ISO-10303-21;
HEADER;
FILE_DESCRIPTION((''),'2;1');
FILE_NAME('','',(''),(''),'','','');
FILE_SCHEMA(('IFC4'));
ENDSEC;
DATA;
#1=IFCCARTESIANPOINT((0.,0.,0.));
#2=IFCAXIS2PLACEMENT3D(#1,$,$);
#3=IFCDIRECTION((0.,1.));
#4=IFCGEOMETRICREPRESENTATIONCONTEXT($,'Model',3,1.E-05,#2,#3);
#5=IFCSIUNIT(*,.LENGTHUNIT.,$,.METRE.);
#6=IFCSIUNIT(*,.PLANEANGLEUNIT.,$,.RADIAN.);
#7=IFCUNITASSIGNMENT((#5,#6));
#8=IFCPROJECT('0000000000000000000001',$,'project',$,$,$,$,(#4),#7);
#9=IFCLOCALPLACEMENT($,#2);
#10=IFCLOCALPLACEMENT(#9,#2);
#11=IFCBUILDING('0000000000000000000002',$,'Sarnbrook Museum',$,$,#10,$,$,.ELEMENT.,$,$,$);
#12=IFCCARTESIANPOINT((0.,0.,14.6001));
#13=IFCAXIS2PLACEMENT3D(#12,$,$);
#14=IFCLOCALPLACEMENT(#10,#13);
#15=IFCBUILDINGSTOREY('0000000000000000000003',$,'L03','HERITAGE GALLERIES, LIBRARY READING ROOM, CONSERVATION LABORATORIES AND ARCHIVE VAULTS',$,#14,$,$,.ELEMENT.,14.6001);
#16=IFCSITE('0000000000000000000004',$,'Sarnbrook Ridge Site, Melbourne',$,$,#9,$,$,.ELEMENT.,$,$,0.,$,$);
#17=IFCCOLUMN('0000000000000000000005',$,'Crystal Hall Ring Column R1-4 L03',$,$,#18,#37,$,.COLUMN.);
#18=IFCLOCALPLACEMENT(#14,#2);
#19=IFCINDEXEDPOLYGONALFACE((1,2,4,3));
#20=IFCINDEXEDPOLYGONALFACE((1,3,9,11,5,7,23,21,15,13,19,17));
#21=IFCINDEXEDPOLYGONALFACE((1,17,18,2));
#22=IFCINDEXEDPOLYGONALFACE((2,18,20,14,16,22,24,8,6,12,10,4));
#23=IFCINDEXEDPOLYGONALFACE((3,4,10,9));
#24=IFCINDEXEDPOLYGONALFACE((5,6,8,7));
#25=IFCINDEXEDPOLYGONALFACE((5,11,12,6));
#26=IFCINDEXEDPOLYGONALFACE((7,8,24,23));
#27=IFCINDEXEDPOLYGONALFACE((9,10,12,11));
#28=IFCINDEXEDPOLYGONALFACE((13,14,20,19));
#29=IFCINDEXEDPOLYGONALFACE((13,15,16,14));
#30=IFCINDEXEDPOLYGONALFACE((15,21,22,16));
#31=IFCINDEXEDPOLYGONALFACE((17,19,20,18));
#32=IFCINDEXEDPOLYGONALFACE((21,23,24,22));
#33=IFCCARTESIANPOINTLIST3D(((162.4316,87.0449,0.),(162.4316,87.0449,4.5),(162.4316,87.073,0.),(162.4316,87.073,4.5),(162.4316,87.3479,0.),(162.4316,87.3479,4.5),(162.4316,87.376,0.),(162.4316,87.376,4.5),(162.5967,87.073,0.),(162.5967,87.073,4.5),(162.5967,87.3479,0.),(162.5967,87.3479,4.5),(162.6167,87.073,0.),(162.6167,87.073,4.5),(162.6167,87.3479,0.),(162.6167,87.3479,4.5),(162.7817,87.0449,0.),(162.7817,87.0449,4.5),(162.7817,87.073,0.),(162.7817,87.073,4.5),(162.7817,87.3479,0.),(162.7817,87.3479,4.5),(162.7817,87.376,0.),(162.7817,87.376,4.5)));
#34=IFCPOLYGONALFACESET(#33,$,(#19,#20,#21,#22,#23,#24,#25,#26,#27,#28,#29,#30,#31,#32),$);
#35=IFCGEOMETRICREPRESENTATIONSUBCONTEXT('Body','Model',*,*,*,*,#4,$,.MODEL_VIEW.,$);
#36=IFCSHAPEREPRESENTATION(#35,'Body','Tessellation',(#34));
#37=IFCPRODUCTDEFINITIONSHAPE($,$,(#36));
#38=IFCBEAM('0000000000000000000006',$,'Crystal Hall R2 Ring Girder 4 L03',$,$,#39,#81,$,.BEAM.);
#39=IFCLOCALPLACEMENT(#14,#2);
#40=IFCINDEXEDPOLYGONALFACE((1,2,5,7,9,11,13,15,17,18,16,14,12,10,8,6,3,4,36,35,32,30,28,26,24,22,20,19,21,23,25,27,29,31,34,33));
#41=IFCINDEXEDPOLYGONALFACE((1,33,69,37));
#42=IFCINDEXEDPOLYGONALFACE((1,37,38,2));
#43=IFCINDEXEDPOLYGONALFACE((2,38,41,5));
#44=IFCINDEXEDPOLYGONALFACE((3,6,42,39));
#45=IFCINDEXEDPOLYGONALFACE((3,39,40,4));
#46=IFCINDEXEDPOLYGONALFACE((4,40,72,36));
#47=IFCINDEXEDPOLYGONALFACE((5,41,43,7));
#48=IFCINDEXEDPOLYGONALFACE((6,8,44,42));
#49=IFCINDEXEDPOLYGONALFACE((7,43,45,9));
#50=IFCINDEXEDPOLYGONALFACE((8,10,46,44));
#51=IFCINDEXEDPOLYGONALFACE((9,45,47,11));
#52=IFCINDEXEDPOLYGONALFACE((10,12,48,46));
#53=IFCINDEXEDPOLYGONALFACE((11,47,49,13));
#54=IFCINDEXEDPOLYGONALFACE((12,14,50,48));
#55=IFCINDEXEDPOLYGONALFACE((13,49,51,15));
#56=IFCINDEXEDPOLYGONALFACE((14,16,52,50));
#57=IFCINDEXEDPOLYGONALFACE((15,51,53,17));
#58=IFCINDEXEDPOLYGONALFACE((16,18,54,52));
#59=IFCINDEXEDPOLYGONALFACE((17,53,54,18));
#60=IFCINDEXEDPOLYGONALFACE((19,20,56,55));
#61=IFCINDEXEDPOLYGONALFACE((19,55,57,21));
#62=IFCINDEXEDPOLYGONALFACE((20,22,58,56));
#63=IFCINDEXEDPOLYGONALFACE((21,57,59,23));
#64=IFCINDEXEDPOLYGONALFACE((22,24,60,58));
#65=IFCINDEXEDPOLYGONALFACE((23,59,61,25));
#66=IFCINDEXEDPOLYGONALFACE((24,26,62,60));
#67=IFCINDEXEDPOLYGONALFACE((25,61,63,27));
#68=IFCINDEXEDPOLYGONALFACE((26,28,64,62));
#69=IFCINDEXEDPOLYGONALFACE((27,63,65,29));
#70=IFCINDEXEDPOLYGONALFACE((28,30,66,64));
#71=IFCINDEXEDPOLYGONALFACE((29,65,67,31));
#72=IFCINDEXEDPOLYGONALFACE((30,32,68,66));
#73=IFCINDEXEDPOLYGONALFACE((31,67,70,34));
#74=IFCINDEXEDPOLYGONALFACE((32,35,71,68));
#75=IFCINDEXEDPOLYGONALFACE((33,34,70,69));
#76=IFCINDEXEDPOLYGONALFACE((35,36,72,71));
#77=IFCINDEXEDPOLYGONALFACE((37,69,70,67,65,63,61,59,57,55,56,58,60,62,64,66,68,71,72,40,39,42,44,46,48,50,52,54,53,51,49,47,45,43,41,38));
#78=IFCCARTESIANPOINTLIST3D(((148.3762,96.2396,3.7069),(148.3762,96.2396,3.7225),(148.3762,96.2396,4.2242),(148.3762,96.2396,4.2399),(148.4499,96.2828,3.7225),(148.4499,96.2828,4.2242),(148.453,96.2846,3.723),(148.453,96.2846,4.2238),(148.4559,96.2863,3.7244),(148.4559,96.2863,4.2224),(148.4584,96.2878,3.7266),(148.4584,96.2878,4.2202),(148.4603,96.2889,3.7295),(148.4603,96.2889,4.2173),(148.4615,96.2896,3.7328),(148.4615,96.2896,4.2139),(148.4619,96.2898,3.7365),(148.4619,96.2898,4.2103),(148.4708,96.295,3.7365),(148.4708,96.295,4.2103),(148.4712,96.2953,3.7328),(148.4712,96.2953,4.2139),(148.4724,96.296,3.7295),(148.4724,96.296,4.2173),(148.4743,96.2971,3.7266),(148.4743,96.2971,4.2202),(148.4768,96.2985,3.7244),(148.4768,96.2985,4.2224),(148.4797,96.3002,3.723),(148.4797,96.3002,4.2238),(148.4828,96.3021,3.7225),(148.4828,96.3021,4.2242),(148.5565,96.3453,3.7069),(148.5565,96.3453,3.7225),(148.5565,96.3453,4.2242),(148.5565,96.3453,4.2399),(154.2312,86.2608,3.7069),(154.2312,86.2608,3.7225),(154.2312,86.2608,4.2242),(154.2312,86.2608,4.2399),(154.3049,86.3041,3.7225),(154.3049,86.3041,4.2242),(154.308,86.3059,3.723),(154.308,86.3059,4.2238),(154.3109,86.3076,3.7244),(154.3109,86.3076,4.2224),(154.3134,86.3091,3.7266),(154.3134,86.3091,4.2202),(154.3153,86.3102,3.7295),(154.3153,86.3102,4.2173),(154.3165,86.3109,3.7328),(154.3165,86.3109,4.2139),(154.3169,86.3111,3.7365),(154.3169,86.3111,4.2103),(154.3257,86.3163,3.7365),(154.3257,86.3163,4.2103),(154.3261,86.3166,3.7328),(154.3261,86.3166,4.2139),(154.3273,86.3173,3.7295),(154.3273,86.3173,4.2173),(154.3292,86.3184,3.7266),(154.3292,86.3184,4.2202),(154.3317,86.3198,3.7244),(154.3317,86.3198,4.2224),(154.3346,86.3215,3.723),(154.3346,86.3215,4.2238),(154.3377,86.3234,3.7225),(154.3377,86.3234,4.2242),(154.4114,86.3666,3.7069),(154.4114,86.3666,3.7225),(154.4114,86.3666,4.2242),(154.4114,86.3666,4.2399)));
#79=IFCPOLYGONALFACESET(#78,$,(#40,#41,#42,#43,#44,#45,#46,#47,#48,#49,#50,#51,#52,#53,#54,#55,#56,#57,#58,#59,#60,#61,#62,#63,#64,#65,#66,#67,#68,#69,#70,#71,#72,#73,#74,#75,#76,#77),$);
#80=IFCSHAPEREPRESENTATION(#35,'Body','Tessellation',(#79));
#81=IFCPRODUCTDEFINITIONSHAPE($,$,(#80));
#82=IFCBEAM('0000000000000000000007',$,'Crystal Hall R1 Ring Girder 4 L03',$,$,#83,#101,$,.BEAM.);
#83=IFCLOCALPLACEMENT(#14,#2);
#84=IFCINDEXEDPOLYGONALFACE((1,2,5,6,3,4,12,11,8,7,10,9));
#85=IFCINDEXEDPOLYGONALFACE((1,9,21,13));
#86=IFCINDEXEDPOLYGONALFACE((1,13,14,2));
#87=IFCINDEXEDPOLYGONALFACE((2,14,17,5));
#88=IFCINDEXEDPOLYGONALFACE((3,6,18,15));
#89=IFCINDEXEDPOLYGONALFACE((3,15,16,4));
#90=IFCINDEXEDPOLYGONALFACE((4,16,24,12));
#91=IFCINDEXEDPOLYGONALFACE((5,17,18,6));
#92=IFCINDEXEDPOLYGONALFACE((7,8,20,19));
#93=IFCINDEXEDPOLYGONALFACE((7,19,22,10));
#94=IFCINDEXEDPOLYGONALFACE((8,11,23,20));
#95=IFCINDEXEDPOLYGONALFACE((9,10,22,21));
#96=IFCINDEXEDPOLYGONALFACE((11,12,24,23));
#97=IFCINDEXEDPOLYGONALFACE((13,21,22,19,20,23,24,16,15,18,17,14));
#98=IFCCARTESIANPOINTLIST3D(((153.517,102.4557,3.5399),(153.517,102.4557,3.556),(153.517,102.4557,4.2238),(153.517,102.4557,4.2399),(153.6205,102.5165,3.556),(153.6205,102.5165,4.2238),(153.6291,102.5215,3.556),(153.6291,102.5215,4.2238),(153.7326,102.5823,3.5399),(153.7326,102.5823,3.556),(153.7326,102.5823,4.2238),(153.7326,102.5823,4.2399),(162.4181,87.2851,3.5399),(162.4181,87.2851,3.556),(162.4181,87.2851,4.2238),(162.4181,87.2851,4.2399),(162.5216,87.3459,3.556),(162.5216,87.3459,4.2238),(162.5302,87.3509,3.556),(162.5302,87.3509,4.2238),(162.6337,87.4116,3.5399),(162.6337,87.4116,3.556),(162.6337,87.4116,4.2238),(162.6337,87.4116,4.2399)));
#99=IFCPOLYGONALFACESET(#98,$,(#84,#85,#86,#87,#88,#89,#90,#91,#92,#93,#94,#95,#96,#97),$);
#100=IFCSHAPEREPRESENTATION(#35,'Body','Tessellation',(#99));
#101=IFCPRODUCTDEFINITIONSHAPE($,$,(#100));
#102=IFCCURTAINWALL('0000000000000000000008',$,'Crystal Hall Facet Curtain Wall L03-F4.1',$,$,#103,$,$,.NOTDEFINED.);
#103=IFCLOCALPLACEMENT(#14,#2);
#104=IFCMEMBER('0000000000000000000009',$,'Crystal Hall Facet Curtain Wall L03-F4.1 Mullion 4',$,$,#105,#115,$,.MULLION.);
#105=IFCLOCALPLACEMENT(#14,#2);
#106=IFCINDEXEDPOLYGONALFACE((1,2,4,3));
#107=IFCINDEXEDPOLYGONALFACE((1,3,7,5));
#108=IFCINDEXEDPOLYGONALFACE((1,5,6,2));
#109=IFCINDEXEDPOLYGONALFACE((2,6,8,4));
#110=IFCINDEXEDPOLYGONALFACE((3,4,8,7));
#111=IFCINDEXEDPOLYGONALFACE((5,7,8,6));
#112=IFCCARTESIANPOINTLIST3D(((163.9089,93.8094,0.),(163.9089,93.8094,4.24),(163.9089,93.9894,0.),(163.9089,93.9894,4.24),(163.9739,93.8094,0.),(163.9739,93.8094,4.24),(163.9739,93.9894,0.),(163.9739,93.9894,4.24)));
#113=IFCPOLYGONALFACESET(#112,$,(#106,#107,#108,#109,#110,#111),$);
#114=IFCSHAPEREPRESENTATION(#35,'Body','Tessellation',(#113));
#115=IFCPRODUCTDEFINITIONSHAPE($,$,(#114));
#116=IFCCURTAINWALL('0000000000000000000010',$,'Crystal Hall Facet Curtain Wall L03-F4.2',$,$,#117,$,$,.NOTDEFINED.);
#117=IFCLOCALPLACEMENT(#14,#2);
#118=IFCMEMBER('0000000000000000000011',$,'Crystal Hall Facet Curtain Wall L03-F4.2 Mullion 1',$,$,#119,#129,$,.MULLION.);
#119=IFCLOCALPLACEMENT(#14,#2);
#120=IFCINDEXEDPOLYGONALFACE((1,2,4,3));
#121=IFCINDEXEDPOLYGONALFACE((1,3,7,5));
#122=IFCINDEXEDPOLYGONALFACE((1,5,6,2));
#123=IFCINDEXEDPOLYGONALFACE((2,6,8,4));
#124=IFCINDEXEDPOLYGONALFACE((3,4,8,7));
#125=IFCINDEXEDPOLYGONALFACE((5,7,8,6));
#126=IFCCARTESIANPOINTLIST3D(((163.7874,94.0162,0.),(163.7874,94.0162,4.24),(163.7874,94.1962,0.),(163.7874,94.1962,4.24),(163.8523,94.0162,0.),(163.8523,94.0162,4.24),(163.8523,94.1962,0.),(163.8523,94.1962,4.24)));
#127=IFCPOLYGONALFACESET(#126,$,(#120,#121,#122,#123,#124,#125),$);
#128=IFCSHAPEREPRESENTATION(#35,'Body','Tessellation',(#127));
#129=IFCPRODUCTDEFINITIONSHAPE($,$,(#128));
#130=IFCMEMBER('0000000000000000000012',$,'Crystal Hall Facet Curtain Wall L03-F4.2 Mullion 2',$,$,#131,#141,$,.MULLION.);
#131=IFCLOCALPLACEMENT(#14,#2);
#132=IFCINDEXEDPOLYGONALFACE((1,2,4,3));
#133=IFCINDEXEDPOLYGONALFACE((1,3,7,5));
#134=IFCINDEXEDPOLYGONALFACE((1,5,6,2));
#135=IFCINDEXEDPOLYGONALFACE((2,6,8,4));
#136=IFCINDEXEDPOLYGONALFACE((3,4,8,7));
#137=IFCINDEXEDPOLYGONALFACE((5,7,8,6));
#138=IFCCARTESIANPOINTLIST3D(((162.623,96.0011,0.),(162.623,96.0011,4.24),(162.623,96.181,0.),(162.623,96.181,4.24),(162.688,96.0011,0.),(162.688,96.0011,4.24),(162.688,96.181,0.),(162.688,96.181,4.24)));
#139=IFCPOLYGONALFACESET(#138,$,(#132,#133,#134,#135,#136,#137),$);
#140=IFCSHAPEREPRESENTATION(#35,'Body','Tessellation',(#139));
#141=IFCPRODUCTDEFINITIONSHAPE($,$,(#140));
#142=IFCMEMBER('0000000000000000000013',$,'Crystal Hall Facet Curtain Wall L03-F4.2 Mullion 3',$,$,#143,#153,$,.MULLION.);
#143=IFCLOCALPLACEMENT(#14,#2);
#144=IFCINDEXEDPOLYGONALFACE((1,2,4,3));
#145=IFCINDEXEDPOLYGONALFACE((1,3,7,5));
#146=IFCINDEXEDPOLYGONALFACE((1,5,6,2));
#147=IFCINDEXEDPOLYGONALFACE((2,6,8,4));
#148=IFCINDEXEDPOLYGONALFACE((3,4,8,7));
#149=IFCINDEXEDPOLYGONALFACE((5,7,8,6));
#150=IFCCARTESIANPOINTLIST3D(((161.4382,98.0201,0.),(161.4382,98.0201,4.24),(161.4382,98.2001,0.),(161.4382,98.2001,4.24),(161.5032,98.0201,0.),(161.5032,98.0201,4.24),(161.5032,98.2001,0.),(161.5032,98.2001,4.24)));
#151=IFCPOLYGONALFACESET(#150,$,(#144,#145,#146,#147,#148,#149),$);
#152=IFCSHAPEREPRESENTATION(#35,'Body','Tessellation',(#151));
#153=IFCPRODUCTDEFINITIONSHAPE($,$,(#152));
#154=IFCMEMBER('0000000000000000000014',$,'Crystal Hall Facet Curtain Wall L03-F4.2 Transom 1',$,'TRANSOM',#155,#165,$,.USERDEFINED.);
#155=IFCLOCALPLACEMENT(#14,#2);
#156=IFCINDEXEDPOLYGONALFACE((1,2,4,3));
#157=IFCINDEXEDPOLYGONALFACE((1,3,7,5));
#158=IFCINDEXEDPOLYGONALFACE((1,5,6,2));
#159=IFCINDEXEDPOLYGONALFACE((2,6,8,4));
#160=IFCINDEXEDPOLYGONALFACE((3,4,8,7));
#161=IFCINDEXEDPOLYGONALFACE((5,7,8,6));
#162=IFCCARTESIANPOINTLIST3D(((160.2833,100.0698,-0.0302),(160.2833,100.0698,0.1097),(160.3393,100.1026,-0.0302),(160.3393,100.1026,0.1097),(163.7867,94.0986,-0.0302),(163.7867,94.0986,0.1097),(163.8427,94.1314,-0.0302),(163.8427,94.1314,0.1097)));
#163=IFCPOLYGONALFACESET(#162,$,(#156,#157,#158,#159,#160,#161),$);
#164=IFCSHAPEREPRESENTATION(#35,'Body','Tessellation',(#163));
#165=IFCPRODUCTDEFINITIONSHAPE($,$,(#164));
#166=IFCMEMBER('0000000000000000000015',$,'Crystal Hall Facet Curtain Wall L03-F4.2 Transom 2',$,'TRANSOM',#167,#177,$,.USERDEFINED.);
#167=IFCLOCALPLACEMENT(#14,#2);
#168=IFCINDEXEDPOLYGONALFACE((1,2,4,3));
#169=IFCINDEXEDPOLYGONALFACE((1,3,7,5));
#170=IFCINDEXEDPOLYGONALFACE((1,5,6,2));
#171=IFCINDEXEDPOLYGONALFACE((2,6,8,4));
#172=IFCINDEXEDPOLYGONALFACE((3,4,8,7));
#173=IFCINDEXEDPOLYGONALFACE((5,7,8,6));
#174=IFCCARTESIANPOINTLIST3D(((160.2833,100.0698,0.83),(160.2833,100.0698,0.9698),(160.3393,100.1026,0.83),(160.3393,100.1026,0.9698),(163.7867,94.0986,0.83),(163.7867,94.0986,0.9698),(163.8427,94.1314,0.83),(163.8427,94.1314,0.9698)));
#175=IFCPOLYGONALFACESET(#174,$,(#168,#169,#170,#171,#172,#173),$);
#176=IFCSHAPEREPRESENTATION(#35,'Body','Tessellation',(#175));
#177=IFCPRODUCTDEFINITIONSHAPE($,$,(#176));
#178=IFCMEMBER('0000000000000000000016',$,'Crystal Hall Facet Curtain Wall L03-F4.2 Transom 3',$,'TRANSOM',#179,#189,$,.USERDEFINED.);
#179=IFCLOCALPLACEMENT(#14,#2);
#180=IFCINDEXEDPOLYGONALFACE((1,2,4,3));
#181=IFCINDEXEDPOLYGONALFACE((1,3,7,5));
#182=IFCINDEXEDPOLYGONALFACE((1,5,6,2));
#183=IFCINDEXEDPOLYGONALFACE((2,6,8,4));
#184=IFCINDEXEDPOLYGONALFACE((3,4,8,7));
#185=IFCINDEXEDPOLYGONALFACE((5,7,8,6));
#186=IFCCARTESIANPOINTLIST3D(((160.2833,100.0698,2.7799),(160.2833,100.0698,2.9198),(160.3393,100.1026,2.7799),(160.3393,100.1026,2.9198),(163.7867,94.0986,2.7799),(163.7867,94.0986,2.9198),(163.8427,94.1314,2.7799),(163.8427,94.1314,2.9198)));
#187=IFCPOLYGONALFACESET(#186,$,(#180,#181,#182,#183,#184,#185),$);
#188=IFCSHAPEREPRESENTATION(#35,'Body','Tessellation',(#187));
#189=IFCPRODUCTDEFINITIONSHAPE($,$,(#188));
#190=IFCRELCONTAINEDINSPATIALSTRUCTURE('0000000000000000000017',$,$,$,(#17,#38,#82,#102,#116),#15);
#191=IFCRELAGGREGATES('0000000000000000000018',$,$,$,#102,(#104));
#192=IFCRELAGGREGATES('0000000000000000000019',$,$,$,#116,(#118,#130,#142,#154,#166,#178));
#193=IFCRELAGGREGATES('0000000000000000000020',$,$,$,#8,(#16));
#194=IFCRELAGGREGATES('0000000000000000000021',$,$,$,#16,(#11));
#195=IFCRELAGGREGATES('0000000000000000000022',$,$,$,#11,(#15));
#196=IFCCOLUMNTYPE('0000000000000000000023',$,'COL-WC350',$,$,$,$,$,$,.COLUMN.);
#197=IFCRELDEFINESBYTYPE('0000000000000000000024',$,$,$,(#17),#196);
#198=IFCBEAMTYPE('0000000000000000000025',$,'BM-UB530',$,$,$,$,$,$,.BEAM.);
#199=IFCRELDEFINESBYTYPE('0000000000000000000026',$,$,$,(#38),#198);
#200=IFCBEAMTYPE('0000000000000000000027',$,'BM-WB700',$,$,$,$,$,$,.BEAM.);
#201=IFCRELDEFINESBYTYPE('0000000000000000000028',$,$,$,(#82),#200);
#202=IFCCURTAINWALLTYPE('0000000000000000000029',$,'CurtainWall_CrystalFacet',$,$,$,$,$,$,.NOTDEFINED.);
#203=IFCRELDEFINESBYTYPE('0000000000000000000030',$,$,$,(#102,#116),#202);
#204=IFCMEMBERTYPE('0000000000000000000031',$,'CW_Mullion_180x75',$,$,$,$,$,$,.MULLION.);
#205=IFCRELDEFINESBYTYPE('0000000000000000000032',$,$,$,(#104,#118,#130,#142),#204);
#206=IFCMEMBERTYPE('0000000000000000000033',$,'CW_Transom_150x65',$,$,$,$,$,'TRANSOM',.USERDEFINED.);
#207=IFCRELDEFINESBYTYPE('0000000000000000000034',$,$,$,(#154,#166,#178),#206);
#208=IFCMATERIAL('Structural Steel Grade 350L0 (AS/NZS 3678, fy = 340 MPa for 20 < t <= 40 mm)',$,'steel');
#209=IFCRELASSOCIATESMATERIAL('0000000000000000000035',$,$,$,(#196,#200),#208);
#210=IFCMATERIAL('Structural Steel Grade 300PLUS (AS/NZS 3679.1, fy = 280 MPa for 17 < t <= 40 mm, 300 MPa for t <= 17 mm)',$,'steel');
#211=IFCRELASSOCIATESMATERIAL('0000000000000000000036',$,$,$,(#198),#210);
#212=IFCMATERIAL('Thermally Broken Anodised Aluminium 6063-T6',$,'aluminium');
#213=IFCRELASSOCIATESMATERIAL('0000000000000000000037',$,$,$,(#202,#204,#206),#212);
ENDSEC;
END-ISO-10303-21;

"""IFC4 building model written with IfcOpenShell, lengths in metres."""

from ifc_helpers import new_model, si_unit, direction, frame, origin, origin_2d, place, context, subcontext, project, spatial, rectangle, i_section, extrude, material, material_profile, profile_set, type_object, element, aggregate, save


model = new_model("IFC4")

# Units and contexts
model_context = context("Model", 3, precision=1e-05, world=origin(), true_north=direction((0.0, 1.0)))
body_context = subcontext(model_context, "Body", "Model", "MODEL_VIEW")
ifc_project = project(units=[si_unit("LENGTHUNIT", "METRE"), si_unit("PLANEANGLEUNIT", "RADIAN")], contexts=[model_context])

# Site, building, storey
site_placement = place(None, origin())
site = spatial("IfcSite", under=ifc_project, at=site_placement, Name="Sarnbrook Ridge Site, Melbourne", CompositionType="ELEMENT", RefElevation=0.0)
building_placement = place(site_placement, origin())
building = spatial("IfcBuilding", under=site, at=building_placement, Name="Sarnbrook Museum", CompositionType="ELEMENT")
storey_placement = place(building_placement, frame((0.0, 0.0, 14.6001)))
storey = spatial("IfcBuildingStorey", under=building, at=storey_placement, Name="L03", Description="HERITAGE GALLERIES, LIBRARY READING ROOM, CONSERVATION LABORATORIES AND ARCHIVE VAULTS", CompositionType="ELEMENT", Elevation=14.6001)

# Column
ifc_material_1 = material(Name="Structural Steel Grade 350L0 (AS/NZS 3678, fy = 340 MPa for 20 < t <= 40 mm)", Category="steel")
ifc_material_profile_1 = material_profile(ifc_material_1, i_section(OverallWidth=0.3501, OverallDepth=0.3311, WebThickness=0.02, FlangeThickness=0.0281, at=origin_2d()), Name="350WC197")
ifc_profile_set_1 = profile_set([ifc_material_profile_1], Name="Structural Steel Grade 350L0 (AS/NZS 3678, fy = 340 MPa for 20 < t <= 40 mm)")
column_type = type_object("IfcColumnType", Name="COL-WC350", PredefinedType="COLUMN", material=ifc_profile_set_1)
column_placement = place(storey_placement, frame((162.6067, 87.2104, 0.0), z_axis=(0.0, 0.0, 1.0), x_axis=(1.0, 0.0, 0.0)))
element("IfcColumn", 1, at=column_placement, inside=storey, type_object=column_type, Name="Crystal Hall Ring Column R1-4 L03", PredefinedType="COLUMN", context=body_context, shape_type="SweptSolid", body=[
    extrude(i_section(OverallWidth=0.3501, OverallDepth=0.3311, WebThickness=0.02, FlangeThickness=0.0281, at=origin_2d()), origin(), (0.0, 0.0, 1.0), 4.5),
])

# Beams
ifc_material_2 = material(Name="Structural Steel Grade 300PLUS (AS/NZS 3679.1, fy = 280 MPa for 17 < t <= 40 mm, 300 MPa for t <= 17 mm)", Category="steel")
ifc_material_profile_2 = material_profile(ifc_material_2, i_section(OverallWidth=0.209, OverallDepth=0.533, WebThickness=0.0103, FlangeThickness=0.0156, FilletRadius=0.0139, at=origin_2d()), Name="530UB92.4")
ifc_profile_set_2 = profile_set([ifc_material_profile_2], Name="Structural Steel Grade 300PLUS (AS/NZS 3679.1, fy = 280 MPa for 17 < t <= 40 mm, 300 MPa for t <= 17 mm)")
beam_type_1 = type_object("IfcBeamType", Name="BM-UB530", PredefinedType="BEAM", material=ifc_profile_set_2)
beam_1_placement = place(storey_placement, frame((154.3213, 86.3137, 3.9734), z_axis=(-0.506064, 0.862496, 0.0), x_axis=(-0.862496, -0.506064, 0.0)))
element("IfcBeam", 2, at=beam_1_placement, inside=storey, type_object=beam_type_1, Name="Crystal Hall R2 Ring Girder 4 L03", PredefinedType="BEAM", context=body_context, shape_type="SweptSolid", body=[
    extrude(i_section(OverallWidth=0.209, OverallDepth=0.533, WebThickness=0.0103, FlangeThickness=0.0156, FilletRadius=0.0139, at=origin_2d()), origin(), (0.0, 0.0, 1.0), 11.5696),
])
ifc_material_profile_3 = material_profile(ifc_material_1, i_section(OverallWidth=0.25, OverallDepth=0.7, WebThickness=0.01, FlangeThickness=0.0161, at=origin_2d()), Name="700WB130")
ifc_profile_set_3 = profile_set([ifc_material_profile_3], Name="Structural Steel Grade 350L0 (AS/NZS 3678, fy = 340 MPa for 20 < t <= 40 mm)")
beam_type_2 = type_object("IfcBeamType", Name="BM-WB700", PredefinedType="BEAM", material=ifc_profile_set_3)
beam_2_placement = place(storey_placement, frame((162.5259, 87.3484, 3.8899), z_axis=(-0.506057, 0.8625, 0.0), x_axis=(-0.8625, -0.506057, 0.0)))
element("IfcBeam", 3, at=beam_2_placement, inside=storey, type_object=beam_type_2, Name="Crystal Hall R1 Ring Girder 4 L03", PredefinedType="BEAM", context=body_context, shape_type="SweptSolid", body=[
    extrude(i_section(OverallWidth=0.25, OverallDepth=0.7, WebThickness=0.01, FlangeThickness=0.0161, at=origin_2d()), origin(), (0.0, 0.0, 1.0), 17.5891),
])

# Curtain wall, member
ifc_material_3 = material(Name="Thermally Broken Anodised Aluminium 6063-T6", Category="aluminium")
curtain_wall_type = type_object("IfcCurtainWallType", Name="CurtainWall_CrystalFacet", PredefinedType="NOTDEFINED", material=ifc_material_3)
curtain_wall_1_placement = place(storey_placement, origin())
curtain_wall_1 = element("IfcCurtainWall", 4, at=curtain_wall_1_placement, inside=storey, type_object=curtain_wall_type, Name="Crystal Hall Facet Curtain Wall L03-F4.1", PredefinedType="NOTDEFINED")
ifc_material_profile_4 = material_profile(ifc_material_3, rectangle(XDim=0.0649, YDim=0.1799, at=origin_2d()), Name="ALU MULLION 65x180")
ifc_profile_set_4 = profile_set([ifc_material_profile_4], Name="Thermally Broken Anodised Aluminium 6063-T6")
member_type_1 = type_object("IfcMemberType", Name="CW_Mullion_180x75", PredefinedType="MULLION", material=ifc_profile_set_4)
member_1_placement = place(storey_placement, frame((163.9414, 93.8994, 0.0), z_axis=(0.0, 0.0, 1.0), x_axis=(1.0, 0.0, 0.0)))
member_1 = element("IfcMember", 5, at=member_1_placement, type_object=member_type_1, Name="Crystal Hall Facet Curtain Wall L03-F4.1 Mullion 4", PredefinedType="MULLION", context=body_context, shape_type="SweptSolid", body=[
    extrude(rectangle(XDim=0.0649, YDim=0.1799, at=origin_2d()), origin(), (0.0, 0.0, 1.0), 4.24),
])

# Curtain wall, members
curtain_wall_2_placement = place(storey_placement, origin())
curtain_wall_2 = element("IfcCurtainWall", 6, at=curtain_wall_2_placement, inside=storey, type_object=curtain_wall_type, Name="Crystal Hall Facet Curtain Wall L03-F4.2", PredefinedType="NOTDEFINED")
member_2_placement = place(storey_placement, frame((163.8198, 94.1062, 0.0), z_axis=(0.0, 0.0, 1.0), x_axis=(1.0, 0.0, 0.0)))
member_2 = element("IfcMember", 7, at=member_2_placement, type_object=member_type_1, Name="Crystal Hall Facet Curtain Wall L03-F4.2 Mullion 1", PredefinedType="MULLION", context=body_context, shape_type="SweptSolid", body=[
    extrude(rectangle(XDim=0.0649, YDim=0.1799, at=origin_2d()), origin(), (0.0, 0.0, 1.0), 4.24),
])
member_3_placement = place(storey_placement, frame((162.6555, 96.0911, 0.0), z_axis=(0.0, 0.0, 1.0), x_axis=(1.0, 0.0, 0.0)))
member_3 = element("IfcMember", 8, at=member_3_placement, type_object=member_type_1, Name="Crystal Hall Facet Curtain Wall L03-F4.2 Mullion 2", PredefinedType="MULLION", context=body_context, shape_type="SweptSolid", body=[
    extrude(rectangle(XDim=0.0649, YDim=0.1799, at=origin_2d()), origin(), (0.0, 0.0, 1.0), 4.24),
])
member_4_placement = place(storey_placement, frame((161.4707, 98.1101, 0.0), z_axis=(0.0, 0.0, 1.0), x_axis=(1.0, 0.0, 0.0)))
member_4 = element("IfcMember", 9, at=member_4_placement, type_object=member_type_1, Name="Crystal Hall Facet Curtain Wall L03-F4.2 Mullion 3", PredefinedType="MULLION", context=body_context, shape_type="SweptSolid", body=[
    extrude(rectangle(XDim=0.0649, YDim=0.1799, at=origin_2d()), origin(), (0.0, 0.0, 1.0), 4.24),
])
ifc_material_profile_5 = material_profile(ifc_material_3, rectangle(XDim=0.0649, YDim=0.1399, at=origin_2d()), Name="ALU TRANSOM 65x140")
ifc_profile_set_5 = profile_set([ifc_material_profile_5], Name="Thermally Broken Anodised Aluminium 6063-T6")
member_type_2 = type_object("IfcMemberType", Name="CW_Transom_150x65", ElementType="TRANSOM", PredefinedType="USERDEFINED", material=ifc_profile_set_5)
member_5_placement = place(storey_placement, frame((163.8147, 94.115, 0.0398), z_axis=(-0.506049, 0.862505, 0.0), x_axis=(-0.862505, -0.506049, 0.0)))
member_5 = element("IfcMember", 10, at=member_5_placement, type_object=member_type_2, Name="Crystal Hall Facet Curtain Wall L03-F4.2 Transom 1", ObjectType="TRANSOM", PredefinedType="USERDEFINED", context=body_context, shape_type="SweptSolid", body=[
    extrude(rectangle(XDim=0.0649, YDim=0.1399, at=origin_2d()), origin(), (0.0, 0.0, 1.0), 6.9231),
])
member_6_placement = place(storey_placement, frame((163.8147, 94.115, 0.8999), z_axis=(-0.506049, 0.862505, 0.0), x_axis=(-0.862505, -0.506049, 0.0)))
member_6 = element("IfcMember", 11, at=member_6_placement, type_object=member_type_2, Name="Crystal Hall Facet Curtain Wall L03-F4.2 Transom 2", ObjectType="TRANSOM", PredefinedType="USERDEFINED", context=body_context, shape_type="SweptSolid", body=[
    extrude(rectangle(XDim=0.0649, YDim=0.1399, at=origin_2d()), origin(), (0.0, 0.0, 1.0), 6.9231),
])
member_7_placement = place(storey_placement, frame((163.8147, 94.115, 2.8499), z_axis=(-0.506049, 0.862505, 0.0), x_axis=(-0.862505, -0.506049, 0.0)))
member_7 = element("IfcMember", 12, at=member_7_placement, type_object=member_type_2, Name="Crystal Hall Facet Curtain Wall L03-F4.2 Transom 3", ObjectType="TRANSOM", PredefinedType="USERDEFINED", context=body_context, shape_type="SweptSolid", body=[
    extrude(rectangle(XDim=0.0649, YDim=0.1399, at=origin_2d()), origin(), (0.0, 0.0, 1.0), 6.9231),
])

aggregate(curtain_wall_1, [member_1])
aggregate(curtain_wall_2, [member_2, member_3, member_4, member_5, member_6, member_7])

save(model, "model.ifc")
